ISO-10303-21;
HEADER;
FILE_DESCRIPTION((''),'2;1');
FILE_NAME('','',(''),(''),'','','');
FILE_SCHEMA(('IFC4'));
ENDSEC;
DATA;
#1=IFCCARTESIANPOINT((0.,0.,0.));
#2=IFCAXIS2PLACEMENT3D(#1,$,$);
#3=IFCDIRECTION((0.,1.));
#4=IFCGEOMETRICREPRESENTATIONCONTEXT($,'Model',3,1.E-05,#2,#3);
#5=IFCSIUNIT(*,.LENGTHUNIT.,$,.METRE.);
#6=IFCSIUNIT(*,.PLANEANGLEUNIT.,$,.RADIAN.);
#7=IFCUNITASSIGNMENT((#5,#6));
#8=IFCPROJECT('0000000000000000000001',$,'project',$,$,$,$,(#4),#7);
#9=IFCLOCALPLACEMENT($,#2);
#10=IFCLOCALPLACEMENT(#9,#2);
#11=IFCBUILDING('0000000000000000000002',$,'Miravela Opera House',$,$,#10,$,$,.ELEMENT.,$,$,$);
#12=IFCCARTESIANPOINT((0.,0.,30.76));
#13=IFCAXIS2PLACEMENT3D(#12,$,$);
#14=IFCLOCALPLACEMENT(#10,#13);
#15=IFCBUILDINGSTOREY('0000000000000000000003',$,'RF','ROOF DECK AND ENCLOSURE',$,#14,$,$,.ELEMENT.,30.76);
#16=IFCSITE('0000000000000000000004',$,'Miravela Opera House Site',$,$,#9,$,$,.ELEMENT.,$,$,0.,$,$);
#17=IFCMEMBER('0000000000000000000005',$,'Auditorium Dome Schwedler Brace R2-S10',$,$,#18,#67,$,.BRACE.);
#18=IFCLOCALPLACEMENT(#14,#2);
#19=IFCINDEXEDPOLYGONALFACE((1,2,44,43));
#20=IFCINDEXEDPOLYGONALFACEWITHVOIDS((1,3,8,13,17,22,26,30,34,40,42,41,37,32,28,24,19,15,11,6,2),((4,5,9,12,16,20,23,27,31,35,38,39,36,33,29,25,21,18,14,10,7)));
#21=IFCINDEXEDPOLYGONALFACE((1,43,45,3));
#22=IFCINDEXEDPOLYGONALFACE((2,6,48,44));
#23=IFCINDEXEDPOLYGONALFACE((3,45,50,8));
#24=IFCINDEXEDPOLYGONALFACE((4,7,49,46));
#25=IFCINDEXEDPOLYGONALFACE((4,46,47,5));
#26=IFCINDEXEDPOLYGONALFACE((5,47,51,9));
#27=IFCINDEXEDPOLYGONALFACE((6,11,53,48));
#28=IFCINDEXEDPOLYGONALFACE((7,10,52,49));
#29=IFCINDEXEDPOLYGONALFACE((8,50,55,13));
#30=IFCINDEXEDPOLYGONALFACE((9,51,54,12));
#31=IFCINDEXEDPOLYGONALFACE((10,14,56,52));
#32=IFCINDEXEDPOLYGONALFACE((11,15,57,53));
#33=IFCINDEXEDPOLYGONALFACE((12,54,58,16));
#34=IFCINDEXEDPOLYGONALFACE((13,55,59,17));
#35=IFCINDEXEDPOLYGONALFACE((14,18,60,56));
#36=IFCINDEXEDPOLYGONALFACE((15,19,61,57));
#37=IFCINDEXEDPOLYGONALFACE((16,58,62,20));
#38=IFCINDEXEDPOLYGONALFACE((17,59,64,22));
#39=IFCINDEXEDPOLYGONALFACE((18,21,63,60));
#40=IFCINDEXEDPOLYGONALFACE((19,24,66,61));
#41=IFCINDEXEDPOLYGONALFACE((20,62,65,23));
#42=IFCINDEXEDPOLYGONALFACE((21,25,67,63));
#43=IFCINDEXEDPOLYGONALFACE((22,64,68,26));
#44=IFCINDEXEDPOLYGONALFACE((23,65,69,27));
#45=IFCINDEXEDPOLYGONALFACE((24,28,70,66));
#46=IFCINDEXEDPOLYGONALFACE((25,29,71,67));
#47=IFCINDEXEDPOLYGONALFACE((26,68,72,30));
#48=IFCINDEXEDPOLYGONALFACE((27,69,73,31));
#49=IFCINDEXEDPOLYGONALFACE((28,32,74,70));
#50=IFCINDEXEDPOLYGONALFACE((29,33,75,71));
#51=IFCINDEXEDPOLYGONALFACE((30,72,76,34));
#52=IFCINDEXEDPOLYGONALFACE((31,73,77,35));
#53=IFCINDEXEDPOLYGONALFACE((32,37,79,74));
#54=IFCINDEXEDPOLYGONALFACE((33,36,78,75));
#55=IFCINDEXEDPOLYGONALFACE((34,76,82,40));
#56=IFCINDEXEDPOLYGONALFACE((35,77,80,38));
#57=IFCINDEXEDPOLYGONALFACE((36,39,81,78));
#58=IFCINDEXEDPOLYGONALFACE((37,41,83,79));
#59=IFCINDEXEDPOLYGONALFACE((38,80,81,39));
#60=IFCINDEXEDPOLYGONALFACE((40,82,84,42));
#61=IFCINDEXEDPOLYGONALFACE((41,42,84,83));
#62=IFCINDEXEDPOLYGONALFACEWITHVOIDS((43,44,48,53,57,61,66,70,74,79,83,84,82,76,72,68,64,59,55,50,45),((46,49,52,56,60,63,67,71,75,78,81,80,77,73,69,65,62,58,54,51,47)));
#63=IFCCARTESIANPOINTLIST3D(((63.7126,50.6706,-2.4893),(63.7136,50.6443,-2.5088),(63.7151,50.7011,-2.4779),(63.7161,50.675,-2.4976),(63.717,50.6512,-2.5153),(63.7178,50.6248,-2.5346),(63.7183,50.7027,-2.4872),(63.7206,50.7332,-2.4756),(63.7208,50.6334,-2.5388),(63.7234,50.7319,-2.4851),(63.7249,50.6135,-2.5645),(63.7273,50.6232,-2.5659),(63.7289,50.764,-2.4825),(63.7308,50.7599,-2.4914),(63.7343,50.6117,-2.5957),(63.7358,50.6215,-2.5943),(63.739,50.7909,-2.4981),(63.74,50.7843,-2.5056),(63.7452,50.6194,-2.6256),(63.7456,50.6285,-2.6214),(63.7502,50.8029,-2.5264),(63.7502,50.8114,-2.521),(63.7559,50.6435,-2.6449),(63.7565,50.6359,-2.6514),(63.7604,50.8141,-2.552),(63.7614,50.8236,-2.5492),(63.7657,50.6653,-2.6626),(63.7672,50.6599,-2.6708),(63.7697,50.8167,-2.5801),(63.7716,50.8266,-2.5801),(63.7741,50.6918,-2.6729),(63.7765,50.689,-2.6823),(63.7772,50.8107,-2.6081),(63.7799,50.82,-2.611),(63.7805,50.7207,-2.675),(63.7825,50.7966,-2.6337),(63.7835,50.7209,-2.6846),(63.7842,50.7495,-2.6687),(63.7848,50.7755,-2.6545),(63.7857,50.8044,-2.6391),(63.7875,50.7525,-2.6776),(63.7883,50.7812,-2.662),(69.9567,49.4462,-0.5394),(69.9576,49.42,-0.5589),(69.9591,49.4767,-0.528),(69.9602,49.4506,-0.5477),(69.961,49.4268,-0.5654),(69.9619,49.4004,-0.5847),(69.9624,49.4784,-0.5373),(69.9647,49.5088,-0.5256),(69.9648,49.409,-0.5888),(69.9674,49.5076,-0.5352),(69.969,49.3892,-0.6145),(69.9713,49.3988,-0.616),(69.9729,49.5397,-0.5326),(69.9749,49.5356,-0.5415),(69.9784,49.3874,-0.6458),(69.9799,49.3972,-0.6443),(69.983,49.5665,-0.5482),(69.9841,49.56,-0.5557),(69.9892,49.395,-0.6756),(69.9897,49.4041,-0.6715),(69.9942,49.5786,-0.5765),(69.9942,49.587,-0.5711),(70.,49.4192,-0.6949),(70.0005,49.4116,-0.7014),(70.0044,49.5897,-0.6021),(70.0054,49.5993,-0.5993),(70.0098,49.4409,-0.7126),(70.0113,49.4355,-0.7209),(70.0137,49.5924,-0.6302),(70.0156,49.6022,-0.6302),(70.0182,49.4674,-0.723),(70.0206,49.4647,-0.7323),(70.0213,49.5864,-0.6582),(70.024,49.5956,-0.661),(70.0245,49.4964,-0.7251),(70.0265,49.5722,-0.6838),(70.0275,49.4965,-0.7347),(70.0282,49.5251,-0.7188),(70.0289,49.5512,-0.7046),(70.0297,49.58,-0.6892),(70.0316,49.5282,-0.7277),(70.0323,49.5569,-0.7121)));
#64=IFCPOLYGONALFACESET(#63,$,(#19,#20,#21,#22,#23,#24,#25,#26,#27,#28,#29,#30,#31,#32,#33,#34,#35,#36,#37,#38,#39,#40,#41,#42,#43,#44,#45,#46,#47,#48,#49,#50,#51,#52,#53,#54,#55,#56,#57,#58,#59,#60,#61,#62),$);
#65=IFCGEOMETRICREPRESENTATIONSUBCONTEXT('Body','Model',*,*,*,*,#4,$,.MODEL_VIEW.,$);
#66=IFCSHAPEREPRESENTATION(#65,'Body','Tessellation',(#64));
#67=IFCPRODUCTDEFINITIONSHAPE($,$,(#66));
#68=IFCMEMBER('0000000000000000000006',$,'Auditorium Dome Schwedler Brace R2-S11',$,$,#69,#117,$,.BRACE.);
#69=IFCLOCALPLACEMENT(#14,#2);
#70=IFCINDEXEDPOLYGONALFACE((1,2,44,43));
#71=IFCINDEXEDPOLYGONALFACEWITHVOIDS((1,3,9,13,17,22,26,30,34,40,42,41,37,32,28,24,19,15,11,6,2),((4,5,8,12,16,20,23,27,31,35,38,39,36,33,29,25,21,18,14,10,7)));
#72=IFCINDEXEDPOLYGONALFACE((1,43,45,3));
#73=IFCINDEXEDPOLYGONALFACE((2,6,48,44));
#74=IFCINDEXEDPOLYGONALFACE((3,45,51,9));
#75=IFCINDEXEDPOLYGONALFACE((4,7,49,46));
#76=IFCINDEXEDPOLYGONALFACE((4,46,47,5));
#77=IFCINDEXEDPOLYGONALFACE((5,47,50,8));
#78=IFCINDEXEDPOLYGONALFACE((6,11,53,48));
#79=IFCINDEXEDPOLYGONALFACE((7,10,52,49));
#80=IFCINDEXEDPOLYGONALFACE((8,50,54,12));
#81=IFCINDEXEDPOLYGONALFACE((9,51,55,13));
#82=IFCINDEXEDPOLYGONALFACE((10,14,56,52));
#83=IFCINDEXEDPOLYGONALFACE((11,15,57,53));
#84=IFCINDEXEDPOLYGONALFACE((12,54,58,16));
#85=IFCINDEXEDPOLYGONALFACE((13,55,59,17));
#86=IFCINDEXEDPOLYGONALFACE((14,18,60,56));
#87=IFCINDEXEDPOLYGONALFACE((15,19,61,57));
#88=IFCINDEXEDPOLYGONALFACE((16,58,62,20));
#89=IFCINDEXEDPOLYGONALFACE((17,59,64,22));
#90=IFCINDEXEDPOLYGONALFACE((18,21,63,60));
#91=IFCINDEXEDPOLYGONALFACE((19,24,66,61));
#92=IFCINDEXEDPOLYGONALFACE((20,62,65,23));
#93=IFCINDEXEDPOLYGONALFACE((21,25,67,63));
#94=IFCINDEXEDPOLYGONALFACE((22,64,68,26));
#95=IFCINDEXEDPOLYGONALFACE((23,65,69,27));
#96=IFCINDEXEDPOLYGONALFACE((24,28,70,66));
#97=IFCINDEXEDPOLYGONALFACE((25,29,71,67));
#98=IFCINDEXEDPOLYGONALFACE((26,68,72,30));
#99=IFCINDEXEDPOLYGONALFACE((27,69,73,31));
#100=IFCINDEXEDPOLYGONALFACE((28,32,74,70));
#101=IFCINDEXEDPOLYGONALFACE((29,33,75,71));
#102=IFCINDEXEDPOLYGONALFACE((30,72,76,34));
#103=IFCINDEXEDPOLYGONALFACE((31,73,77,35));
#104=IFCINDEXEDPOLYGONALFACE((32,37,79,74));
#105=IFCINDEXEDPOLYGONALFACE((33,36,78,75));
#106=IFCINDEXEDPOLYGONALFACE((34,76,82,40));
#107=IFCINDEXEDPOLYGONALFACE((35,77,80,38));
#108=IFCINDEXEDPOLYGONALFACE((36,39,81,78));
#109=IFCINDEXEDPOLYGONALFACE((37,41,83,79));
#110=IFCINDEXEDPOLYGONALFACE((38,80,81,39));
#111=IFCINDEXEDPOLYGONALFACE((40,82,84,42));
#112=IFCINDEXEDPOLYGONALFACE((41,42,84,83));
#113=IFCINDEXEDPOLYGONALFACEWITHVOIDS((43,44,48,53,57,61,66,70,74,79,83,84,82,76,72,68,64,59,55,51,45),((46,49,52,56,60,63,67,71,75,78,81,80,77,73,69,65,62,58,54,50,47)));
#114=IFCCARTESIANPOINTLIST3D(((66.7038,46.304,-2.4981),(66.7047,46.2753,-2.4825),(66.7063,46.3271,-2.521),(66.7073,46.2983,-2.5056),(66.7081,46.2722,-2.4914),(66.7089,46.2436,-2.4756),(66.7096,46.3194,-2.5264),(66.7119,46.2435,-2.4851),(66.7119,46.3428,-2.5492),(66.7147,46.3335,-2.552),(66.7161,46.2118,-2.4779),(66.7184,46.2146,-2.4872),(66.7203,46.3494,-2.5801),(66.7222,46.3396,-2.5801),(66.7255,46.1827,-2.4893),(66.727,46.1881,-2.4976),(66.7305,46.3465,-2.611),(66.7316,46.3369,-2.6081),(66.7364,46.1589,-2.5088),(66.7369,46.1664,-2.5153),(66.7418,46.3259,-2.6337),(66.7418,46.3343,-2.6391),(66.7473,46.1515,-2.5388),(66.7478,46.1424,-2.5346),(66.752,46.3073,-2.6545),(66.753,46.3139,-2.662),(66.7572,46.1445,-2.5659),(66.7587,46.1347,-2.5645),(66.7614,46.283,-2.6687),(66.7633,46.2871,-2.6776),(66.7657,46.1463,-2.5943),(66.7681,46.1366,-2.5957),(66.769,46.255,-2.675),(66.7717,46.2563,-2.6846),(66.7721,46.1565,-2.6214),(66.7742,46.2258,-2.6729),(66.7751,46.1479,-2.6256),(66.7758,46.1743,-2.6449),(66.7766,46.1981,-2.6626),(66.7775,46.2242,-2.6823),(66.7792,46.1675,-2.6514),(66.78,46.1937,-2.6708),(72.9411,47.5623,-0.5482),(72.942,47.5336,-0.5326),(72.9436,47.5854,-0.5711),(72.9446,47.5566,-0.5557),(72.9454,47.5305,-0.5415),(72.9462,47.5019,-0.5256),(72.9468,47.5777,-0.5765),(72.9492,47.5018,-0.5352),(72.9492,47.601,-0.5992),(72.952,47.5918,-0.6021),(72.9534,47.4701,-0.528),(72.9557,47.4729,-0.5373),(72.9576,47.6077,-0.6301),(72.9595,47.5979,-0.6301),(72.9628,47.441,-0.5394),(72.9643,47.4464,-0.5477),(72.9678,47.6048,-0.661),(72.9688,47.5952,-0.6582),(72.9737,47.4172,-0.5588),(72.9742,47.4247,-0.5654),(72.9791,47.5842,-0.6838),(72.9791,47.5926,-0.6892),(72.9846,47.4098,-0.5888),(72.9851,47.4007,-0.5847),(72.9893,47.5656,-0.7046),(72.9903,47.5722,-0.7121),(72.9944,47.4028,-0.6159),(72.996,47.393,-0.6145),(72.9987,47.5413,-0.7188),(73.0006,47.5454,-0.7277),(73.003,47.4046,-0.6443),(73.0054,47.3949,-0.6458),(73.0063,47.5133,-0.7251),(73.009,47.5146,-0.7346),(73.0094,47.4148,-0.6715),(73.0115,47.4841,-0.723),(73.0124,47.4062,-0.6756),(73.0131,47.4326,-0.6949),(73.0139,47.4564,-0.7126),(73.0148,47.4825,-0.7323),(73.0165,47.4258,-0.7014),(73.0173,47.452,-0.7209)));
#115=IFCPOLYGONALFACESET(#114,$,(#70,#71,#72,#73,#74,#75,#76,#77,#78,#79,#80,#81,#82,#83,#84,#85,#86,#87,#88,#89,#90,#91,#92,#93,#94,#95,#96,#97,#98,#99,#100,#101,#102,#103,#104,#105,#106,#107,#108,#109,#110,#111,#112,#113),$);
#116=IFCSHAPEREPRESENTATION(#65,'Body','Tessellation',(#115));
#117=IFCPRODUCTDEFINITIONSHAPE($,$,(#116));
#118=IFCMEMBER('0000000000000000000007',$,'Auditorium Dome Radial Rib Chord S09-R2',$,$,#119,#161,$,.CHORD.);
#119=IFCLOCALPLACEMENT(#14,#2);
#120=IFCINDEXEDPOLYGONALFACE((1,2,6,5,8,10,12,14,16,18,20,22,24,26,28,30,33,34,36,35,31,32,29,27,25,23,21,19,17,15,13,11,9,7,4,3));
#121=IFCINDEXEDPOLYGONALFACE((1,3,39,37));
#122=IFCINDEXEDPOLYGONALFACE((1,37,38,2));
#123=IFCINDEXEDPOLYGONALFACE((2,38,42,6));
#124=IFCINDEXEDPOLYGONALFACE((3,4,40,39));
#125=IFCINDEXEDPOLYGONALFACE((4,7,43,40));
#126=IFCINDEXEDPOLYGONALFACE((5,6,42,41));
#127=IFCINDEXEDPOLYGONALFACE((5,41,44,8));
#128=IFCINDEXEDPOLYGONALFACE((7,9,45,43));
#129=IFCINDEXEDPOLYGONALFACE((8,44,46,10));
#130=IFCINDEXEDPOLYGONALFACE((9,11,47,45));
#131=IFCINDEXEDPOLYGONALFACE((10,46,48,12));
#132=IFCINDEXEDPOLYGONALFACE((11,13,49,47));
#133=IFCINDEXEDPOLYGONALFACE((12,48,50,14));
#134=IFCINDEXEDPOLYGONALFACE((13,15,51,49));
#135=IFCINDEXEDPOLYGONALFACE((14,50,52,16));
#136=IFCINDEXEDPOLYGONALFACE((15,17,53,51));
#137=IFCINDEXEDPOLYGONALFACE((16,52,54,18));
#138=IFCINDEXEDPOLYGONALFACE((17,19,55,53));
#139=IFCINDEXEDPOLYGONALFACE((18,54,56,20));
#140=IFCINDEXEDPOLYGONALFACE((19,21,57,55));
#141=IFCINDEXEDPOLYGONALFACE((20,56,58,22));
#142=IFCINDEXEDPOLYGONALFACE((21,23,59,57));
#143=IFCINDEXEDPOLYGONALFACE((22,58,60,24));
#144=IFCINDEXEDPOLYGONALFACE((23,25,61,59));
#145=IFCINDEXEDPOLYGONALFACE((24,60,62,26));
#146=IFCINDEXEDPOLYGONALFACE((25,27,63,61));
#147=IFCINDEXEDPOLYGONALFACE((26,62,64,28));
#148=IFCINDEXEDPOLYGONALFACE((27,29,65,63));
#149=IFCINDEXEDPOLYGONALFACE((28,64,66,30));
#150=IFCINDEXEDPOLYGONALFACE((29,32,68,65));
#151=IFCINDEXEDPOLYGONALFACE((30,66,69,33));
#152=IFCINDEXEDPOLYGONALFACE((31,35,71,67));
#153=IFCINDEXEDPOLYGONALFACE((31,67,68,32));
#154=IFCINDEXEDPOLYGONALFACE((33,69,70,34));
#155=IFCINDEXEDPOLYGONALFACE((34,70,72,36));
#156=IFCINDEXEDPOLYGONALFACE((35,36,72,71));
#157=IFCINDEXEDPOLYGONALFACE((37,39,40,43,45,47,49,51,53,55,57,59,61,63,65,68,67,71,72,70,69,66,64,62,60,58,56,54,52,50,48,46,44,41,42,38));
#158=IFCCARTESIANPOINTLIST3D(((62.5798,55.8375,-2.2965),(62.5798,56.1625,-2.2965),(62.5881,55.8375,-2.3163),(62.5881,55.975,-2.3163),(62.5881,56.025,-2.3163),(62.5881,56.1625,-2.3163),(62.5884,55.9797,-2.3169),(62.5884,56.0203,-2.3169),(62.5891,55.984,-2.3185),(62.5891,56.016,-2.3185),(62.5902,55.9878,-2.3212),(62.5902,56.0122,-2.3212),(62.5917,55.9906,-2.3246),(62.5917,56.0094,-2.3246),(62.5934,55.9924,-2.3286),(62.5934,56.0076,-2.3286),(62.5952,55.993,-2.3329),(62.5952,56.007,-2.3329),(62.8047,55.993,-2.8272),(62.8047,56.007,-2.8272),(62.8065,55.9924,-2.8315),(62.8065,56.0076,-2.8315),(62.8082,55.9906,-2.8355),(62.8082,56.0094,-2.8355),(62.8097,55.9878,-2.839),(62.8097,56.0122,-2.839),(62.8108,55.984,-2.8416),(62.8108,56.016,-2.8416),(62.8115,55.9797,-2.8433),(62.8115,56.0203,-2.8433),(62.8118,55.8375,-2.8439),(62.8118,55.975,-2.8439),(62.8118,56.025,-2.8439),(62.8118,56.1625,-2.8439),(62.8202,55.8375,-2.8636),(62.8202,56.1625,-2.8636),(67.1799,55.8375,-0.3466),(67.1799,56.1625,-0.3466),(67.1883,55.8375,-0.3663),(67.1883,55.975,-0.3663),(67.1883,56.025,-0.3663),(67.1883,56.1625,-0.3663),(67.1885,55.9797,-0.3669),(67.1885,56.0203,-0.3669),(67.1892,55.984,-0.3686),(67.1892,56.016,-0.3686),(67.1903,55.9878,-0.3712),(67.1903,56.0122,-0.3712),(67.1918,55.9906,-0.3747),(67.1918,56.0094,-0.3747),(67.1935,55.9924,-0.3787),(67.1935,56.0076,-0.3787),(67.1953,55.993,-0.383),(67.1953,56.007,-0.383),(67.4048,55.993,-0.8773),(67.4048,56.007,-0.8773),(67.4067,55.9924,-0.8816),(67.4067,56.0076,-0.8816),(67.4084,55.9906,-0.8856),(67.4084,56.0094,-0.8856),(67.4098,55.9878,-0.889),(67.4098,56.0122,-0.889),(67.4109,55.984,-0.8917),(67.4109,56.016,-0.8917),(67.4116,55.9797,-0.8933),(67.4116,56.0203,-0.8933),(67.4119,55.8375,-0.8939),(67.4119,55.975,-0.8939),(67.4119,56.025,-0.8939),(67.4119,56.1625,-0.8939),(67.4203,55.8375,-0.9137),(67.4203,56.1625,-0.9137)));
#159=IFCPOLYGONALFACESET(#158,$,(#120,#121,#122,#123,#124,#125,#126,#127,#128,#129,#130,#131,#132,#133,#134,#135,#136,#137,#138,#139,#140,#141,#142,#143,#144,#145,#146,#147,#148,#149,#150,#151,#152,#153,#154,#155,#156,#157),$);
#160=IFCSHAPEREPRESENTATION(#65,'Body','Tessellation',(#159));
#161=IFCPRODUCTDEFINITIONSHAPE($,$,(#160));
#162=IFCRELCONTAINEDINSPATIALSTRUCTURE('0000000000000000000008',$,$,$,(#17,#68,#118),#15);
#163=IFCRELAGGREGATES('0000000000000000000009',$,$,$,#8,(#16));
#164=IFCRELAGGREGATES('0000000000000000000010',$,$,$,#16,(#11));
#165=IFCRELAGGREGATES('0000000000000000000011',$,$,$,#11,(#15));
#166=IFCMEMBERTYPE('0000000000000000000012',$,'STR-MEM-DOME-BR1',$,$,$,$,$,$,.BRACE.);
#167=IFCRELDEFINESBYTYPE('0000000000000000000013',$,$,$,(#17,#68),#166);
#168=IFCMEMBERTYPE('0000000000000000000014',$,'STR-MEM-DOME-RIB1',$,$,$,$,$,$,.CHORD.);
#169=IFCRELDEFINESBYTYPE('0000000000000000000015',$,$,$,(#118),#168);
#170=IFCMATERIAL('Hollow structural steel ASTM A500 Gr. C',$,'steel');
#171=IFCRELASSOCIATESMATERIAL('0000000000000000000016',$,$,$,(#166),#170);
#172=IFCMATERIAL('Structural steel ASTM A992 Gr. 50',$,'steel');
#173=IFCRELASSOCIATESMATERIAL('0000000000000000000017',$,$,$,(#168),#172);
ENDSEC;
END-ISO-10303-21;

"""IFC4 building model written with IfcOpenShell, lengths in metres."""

from ifc_helpers import new_model, si_unit, direction, frame, origin, origin_2d, place, context, subcontext, project, spatial, hollow_circle, i_section, extrude, material, material_profile, profile_set, type_object, element, save


model = new_model("IFC4")

# Units and contexts
model_context = context("Model", 3, precision=1e-05, world=origin(), true_north=direction((0.0, 1.0)))
body_context = subcontext(model_context, "Body", "Model", "MODEL_VIEW")
ifc_project = project(units=[si_unit("LENGTHUNIT", "METRE"), si_unit("PLANEANGLEUNIT", "RADIAN")], contexts=[model_context])

# Site, building, storey
site_placement = place(None, origin())
site = spatial("IfcSite", under=ifc_project, at=site_placement, Name="Miravela Opera House Site", CompositionType="ELEMENT", RefElevation=0.0)
building_placement = place(site_placement, origin())
building = spatial("IfcBuilding", under=site, at=building_placement, Name="Miravela Opera House", CompositionType="ELEMENT")
storey_placement = place(building_placement, frame((0.0, 0.0, 30.76)))
storey = spatial("IfcBuildingStorey", under=building, at=storey_placement, Name="RF", Description="ROOF DECK AND ENCLOSURE", CompositionType="ELEMENT", Elevation=30.76)

# Shared definitions
ifc_material_1 = material(Name="Structural steel ASTM A992 Gr. 50", Category="steel")

# Members
ifc_material_2 = material(Name="Hollow structural steel ASTM A500 Gr. C", Category="steel")
ifc_material_profile_1 = material_profile(ifc_material_2, hollow_circle(Radius=0.1096, WallThickness=0.01, at=origin_2d()), Name="CHS219X10")
ifc_profile_set_1 = profile_set([ifc_material_profile_1])
member_type_1 = type_object("IfcMemberType", Name="STR-MEM-DOME-BR1", PredefinedType="BRACE", material=ifc_profile_set_1)
for number, where, z_axis, x_axis, name in (
    (1, (63.7505, 50.719, -2.5801), (0.938246, -0.183973, 0.293), (0.192418, 0.981313, 0.0), "Auditorium Dome Schwedler Brace R2-S10"),
    (2, (66.7419, 46.2419, -2.5801), (0.93723, 0.189075, 0.293004), (-0.197754, 0.980252, 0.0), "Auditorium Dome Schwedler Brace R2-S11"),
):
    element("IfcMember", number, at=place(storey_placement, frame(where, z_axis=z_axis, x_axis=x_axis)), inside=storey, type_object=member_type_1, Name=name, PredefinedType="BRACE", context=body_context, shape_type="SweptSolid", body=[
        extrude(hollow_circle(Radius=0.1096, WallThickness=0.01, at=origin_2d()), origin(), (0.0, 0.0, 1.0), 6.655),
    ])
ifc_material_profile_2 = material_profile(ifc_material_1, i_section(OverallWidth=0.325, OverallDepth=0.616, WebThickness=0.0139, FlangeThickness=0.0215, FilletRadius=0.0181, at=origin_2d()), Name="W610X174")
ifc_profile_set_2 = profile_set([ifc_material_profile_2])
member_type_2 = type_object("IfcMemberType", Name="STR-MEM-DOME-RIB1", PredefinedType="CHORD", material=ifc_profile_set_2)
member_1_placement = place(storey_placement, frame((62.7, 56.0, -2.5801), z_axis=(0.920697, 0.0, 0.390278), x_axis=(0.0, 1.0, 0.0)))
element("IfcMember", 3, at=member_1_placement, inside=storey, type_object=member_type_2, Name="Auditorium Dome Radial Rib Chord S09-R2", PredefinedType="CHORD", context=body_context, shape_type="SweptSolid", body=[
    extrude(i_section(OverallWidth=0.325, OverallDepth=0.616, WebThickness=0.0139, FlangeThickness=0.0215, FilletRadius=0.0181, at=origin_2d()), origin(), (0.0, 0.0, 1.0), 4.9963),
])

save(model, "model.ifc")
